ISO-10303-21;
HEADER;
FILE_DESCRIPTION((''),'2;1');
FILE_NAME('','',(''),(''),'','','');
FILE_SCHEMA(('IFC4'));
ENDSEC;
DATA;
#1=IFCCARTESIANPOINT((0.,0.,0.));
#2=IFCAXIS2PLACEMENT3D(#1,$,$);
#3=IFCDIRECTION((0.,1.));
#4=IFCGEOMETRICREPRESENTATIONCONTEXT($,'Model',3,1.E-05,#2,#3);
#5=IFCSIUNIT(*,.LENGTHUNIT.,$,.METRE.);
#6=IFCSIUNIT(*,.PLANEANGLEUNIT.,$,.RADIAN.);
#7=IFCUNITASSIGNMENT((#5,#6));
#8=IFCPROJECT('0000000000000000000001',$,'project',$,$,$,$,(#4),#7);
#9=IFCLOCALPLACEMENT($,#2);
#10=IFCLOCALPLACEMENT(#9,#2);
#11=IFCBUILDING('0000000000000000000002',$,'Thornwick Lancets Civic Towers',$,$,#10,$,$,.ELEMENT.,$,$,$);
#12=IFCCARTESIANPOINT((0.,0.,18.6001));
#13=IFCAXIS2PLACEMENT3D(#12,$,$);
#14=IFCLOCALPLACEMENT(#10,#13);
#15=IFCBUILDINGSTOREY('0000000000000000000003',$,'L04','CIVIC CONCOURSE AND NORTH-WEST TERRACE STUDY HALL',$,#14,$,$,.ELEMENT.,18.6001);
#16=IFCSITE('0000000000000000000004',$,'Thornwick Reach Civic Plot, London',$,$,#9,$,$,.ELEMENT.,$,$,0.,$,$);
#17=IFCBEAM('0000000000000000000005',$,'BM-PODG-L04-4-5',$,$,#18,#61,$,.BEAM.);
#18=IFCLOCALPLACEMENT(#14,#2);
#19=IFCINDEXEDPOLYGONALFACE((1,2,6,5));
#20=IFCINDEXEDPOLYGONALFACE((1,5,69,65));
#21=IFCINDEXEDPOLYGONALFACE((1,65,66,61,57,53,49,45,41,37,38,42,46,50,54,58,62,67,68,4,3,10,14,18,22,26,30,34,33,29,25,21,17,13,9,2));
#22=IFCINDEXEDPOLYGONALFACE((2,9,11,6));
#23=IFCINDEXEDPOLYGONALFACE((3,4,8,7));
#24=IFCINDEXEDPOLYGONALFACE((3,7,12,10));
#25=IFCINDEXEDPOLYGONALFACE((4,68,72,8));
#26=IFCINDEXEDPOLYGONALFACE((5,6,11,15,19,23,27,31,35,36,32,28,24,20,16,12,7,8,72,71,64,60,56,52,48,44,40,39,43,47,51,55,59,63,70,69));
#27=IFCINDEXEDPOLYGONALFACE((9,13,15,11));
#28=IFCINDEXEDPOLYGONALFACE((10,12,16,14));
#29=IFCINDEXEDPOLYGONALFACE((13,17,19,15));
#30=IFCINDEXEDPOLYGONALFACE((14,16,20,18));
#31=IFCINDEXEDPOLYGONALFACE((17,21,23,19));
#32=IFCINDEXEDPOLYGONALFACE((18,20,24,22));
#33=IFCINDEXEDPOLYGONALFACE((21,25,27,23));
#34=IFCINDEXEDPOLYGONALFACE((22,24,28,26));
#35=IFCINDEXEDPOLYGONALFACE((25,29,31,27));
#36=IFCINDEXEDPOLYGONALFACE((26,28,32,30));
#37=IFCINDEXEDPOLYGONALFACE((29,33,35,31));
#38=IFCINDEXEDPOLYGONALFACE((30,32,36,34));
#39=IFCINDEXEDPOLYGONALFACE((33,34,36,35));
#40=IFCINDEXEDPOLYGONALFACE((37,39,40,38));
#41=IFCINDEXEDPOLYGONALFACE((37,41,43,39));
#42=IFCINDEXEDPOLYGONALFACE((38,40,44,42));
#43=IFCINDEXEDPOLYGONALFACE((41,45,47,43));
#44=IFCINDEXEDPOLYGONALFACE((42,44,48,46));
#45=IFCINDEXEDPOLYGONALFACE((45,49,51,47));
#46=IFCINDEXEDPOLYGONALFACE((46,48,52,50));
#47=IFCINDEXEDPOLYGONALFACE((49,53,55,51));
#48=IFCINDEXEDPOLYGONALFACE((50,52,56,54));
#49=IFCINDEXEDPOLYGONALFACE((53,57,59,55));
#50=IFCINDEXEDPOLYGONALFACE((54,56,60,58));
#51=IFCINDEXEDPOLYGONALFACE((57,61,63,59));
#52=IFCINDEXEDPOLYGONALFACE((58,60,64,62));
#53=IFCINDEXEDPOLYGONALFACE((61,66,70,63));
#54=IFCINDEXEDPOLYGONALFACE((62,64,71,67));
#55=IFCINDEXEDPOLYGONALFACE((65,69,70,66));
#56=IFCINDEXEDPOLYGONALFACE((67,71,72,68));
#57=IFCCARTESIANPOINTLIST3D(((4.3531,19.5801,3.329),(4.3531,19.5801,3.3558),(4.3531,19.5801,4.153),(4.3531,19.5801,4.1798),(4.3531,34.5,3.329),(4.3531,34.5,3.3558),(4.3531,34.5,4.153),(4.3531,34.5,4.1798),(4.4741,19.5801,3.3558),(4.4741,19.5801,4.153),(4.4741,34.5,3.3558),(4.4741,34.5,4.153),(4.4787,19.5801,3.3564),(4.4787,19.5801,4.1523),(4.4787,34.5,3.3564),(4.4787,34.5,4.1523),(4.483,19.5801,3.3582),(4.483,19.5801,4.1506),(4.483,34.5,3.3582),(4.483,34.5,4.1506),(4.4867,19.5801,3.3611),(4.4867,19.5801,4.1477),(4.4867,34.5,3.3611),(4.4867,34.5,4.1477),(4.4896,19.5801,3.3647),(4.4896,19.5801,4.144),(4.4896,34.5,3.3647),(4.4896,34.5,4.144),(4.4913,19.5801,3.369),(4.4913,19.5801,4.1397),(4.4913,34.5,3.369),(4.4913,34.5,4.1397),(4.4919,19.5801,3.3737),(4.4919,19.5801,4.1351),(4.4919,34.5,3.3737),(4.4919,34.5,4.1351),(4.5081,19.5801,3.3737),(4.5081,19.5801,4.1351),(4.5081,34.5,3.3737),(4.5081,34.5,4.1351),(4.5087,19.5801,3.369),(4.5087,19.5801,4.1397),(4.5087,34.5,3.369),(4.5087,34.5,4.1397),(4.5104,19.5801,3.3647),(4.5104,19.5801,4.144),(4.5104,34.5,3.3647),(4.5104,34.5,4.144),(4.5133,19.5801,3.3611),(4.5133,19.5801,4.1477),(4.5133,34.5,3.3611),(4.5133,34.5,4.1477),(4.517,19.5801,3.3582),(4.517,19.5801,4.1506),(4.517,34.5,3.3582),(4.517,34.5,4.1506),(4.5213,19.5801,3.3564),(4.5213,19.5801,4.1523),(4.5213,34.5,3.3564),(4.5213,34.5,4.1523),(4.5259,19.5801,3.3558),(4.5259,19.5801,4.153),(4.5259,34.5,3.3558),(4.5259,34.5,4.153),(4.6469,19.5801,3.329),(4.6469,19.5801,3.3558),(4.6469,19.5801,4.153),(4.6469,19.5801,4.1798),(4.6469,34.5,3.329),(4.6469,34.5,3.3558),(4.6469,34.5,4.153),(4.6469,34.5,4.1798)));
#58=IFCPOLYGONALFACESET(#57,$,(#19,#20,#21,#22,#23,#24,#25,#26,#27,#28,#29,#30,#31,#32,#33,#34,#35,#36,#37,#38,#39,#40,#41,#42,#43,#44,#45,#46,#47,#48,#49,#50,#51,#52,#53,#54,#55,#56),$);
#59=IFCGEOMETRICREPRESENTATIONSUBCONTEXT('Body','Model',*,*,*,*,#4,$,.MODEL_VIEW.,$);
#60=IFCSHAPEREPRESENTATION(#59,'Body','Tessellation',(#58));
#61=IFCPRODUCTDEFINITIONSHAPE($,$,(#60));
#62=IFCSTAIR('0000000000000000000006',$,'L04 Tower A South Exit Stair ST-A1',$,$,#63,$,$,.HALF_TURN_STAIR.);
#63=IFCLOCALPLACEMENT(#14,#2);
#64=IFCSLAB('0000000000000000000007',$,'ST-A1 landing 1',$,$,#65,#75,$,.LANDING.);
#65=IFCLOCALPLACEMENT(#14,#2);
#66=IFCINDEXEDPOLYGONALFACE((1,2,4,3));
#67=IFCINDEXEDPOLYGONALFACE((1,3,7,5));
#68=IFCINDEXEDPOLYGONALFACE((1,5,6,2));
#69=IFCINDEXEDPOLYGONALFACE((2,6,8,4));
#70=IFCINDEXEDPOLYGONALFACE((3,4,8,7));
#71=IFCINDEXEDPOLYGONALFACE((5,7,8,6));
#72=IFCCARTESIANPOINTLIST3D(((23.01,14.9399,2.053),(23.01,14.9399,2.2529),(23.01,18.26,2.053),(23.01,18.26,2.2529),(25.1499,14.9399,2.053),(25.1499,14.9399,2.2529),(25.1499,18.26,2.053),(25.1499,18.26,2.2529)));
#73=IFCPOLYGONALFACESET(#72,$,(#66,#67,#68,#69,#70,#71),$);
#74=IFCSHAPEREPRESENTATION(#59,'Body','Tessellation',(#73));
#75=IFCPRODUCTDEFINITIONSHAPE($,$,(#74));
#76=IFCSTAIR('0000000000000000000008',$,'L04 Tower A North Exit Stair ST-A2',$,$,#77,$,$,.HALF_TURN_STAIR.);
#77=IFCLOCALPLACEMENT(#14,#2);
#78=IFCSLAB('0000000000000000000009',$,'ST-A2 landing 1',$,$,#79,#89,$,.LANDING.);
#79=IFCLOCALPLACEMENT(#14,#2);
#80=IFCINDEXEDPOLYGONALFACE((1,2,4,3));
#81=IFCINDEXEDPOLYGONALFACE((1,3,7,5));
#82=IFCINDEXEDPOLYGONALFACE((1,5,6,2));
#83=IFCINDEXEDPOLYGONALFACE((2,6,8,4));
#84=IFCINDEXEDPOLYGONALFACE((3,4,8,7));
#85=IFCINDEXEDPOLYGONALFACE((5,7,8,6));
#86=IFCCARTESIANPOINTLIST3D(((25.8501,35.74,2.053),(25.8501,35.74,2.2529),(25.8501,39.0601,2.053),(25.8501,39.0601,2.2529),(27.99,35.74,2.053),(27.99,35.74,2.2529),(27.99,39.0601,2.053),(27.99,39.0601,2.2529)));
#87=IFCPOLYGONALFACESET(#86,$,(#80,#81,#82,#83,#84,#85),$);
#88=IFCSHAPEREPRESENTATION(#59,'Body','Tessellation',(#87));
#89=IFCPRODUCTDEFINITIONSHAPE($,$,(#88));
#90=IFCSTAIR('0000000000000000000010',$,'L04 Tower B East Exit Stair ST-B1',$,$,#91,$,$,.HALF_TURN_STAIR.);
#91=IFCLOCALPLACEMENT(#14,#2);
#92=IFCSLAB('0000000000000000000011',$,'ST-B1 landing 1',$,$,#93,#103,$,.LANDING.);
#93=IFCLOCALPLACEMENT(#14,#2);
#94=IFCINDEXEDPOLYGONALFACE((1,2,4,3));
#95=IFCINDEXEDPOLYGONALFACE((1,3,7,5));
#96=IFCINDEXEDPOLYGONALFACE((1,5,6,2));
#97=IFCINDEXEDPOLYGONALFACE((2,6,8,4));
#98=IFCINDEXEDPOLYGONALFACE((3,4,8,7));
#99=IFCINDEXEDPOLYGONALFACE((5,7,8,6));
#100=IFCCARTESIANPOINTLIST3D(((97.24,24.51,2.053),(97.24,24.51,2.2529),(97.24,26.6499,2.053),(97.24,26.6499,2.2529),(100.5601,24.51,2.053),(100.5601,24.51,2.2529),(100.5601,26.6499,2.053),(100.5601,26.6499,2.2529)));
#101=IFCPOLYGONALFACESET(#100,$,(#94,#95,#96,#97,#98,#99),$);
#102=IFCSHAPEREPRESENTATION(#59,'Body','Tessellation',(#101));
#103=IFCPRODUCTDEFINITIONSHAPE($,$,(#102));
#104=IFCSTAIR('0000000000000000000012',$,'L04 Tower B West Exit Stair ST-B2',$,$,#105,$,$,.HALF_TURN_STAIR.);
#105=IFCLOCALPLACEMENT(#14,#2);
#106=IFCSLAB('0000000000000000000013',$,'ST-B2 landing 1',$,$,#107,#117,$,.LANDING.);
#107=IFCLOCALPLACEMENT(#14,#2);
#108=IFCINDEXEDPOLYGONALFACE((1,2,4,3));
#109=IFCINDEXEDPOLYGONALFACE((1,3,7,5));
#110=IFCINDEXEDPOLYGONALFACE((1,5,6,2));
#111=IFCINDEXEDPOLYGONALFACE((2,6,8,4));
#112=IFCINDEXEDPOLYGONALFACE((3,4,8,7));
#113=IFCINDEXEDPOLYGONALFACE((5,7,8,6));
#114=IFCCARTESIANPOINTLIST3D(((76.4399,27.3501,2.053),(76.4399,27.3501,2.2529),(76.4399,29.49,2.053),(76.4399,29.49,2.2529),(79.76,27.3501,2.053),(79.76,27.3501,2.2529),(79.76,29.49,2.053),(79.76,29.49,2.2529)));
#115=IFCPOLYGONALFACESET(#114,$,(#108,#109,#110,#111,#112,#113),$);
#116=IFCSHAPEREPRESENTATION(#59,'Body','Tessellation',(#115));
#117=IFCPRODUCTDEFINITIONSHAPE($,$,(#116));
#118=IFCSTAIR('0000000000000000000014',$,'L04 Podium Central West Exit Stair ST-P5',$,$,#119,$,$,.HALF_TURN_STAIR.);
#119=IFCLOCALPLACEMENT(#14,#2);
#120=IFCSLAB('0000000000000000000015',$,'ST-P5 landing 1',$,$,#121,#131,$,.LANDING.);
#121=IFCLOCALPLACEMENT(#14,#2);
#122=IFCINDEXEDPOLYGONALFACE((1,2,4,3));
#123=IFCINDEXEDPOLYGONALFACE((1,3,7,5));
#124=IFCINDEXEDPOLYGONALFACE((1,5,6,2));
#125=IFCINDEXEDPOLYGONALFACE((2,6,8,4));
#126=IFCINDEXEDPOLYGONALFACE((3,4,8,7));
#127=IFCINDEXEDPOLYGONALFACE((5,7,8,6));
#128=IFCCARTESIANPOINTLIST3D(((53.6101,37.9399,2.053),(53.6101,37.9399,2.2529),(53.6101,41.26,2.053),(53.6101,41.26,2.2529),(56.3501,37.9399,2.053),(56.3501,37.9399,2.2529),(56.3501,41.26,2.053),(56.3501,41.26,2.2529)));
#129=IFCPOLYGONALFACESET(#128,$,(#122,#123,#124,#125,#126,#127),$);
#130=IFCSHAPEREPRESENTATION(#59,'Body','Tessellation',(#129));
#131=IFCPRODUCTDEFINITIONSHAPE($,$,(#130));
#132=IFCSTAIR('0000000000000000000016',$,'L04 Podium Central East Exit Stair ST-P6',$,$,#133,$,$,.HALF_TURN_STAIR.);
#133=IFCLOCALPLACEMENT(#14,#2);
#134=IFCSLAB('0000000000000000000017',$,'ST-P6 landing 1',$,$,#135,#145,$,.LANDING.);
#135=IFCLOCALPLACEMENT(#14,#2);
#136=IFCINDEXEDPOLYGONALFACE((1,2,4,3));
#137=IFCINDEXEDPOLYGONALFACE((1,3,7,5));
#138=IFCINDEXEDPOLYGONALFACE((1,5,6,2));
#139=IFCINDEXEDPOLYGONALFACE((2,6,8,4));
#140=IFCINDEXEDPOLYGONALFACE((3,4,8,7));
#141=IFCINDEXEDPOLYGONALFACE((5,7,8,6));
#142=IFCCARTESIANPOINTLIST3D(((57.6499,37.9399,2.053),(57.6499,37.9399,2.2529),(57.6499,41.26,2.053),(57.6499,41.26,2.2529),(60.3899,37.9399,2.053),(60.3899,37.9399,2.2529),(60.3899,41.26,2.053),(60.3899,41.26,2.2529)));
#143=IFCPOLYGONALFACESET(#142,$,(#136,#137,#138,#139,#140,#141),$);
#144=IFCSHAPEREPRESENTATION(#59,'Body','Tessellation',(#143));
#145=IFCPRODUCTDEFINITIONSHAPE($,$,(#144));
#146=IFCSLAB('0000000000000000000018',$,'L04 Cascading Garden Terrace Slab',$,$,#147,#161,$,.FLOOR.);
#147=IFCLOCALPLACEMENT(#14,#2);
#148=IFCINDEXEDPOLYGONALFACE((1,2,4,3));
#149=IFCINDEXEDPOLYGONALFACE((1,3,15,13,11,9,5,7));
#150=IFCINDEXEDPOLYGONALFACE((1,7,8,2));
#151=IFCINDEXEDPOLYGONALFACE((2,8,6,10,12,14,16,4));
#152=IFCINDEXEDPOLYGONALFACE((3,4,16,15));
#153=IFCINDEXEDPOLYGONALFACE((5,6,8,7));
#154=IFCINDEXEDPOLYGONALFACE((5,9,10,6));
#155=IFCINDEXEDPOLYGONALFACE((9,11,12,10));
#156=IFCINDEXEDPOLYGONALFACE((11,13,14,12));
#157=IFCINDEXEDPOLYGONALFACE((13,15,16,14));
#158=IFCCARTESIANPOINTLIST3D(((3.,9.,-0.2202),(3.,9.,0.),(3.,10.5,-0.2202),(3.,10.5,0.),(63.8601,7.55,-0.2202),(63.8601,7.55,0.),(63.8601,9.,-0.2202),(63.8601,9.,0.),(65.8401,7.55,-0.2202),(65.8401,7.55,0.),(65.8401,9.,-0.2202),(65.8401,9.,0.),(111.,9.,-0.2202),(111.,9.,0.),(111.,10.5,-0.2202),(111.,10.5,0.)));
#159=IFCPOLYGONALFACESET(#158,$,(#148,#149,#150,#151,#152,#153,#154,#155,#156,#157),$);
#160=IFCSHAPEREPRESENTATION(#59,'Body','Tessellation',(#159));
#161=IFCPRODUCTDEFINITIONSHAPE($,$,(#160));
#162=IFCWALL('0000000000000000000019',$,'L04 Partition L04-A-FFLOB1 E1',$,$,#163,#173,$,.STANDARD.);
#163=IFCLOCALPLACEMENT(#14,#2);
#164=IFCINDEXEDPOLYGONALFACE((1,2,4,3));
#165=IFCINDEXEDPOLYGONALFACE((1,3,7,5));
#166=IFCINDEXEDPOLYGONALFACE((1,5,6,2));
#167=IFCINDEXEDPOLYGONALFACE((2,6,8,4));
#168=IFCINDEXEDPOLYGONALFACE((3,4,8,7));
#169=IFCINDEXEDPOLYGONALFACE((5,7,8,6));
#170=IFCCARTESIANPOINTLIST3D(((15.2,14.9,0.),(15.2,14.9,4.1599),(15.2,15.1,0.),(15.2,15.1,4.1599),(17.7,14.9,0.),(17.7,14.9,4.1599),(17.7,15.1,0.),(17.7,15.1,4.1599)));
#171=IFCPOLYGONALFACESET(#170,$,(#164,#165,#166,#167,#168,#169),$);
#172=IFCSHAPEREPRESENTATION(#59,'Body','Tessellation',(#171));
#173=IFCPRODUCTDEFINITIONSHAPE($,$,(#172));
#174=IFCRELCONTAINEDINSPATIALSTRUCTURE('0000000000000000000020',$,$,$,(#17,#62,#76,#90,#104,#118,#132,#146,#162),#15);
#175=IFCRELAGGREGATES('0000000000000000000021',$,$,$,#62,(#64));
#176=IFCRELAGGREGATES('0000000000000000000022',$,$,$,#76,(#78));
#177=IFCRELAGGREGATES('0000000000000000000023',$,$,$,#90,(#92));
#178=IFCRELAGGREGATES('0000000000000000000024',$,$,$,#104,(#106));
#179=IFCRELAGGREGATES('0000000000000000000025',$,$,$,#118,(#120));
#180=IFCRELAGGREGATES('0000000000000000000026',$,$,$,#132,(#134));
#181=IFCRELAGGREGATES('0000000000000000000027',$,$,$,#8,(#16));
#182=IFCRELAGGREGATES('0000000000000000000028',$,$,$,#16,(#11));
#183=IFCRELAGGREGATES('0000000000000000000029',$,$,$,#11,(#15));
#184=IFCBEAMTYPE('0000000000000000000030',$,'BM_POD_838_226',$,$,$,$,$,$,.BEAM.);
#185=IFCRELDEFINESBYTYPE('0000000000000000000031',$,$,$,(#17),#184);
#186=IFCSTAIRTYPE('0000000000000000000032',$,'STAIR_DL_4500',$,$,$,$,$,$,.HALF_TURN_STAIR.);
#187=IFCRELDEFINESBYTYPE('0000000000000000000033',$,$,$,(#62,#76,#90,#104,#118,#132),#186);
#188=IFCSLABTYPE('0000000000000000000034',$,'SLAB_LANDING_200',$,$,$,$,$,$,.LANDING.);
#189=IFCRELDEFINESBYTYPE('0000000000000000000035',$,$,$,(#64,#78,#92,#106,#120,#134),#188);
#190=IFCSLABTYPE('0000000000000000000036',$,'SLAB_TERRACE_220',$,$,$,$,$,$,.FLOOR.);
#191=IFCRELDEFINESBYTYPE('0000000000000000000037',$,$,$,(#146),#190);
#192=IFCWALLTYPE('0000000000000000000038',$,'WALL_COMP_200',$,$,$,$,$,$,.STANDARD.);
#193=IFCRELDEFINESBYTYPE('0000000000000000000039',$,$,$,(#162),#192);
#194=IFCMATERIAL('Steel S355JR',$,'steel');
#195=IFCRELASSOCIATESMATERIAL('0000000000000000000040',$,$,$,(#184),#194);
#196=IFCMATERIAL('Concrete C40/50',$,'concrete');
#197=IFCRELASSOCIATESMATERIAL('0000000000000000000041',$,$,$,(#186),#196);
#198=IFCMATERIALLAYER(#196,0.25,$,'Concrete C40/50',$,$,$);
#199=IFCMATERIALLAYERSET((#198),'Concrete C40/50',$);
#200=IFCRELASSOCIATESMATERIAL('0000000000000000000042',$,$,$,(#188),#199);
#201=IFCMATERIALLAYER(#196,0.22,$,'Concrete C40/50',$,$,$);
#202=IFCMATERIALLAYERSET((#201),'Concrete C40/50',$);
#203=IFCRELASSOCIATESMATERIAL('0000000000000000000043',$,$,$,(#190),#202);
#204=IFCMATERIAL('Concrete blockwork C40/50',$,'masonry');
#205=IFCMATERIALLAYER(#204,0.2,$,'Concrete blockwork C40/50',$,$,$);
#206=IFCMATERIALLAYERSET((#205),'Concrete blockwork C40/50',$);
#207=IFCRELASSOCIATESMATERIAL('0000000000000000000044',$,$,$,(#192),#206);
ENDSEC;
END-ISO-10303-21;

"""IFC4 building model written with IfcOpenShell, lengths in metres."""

from ifc_helpers import new_model, si_unit, direction, frame, frame_2d, origin, origin_2d, place, context, subcontext, project, spatial, polyline, rectangle, i_section, outline, extrude, material, layer, layer_set, material_profile, profile_set, type_object, element, aggregate, save


model = new_model("IFC4")

# Units and contexts
model_context = context("Model", 3, precision=1e-05, world=origin(), true_north=direction((0.0, 1.0)))
body_context = subcontext(model_context, "Body", "Model", "MODEL_VIEW")
ifc_project = project(units=[si_unit("LENGTHUNIT", "METRE"), si_unit("PLANEANGLEUNIT", "RADIAN")], contexts=[model_context])

# Site, building, storey
site_placement = place(None, origin())
site = spatial("IfcSite", under=ifc_project, at=site_placement, Name="Thornwick Reach Civic Plot, London", CompositionType="ELEMENT", RefElevation=0.0)
building_placement = place(site_placement, origin())
building = spatial("IfcBuilding", under=site, at=building_placement, Name="Thornwick Lancets Civic Towers", CompositionType="ELEMENT")
storey_placement = place(building_placement, frame((0.0, 0.0, 18.6001)))
storey = spatial("IfcBuildingStorey", under=building, at=storey_placement, Name="L04", Description="CIVIC CONCOURSE AND NORTH-WEST TERRACE STUDY HALL", CompositionType="ELEMENT", Elevation=18.6001)

# Shared definitions
ifc_material_1 = material(Name="Concrete C40/50", Category="concrete")

# Beam
ifc_material_2 = material(Name="Steel S355JR", Category="steel")
ifc_material_profile_1 = material_profile(ifc_material_2, i_section(OverallWidth=0.2937, OverallDepth=0.8508, WebThickness=0.0161, FlangeThickness=0.0269, FilletRadius=0.0178, at=origin_2d()), Name="UKB 838x292x226")
ifc_profile_set_1 = profile_set([ifc_material_profile_1], Name="Steel S355JR")
beam_type_1 = type_object("IfcBeamType", Name="BM_POD_838_226", PredefinedType="BEAM", material=ifc_profile_set_1)
beam_1_placement = place(storey_placement, frame((4.5, 19.5801, 3.7544), z_axis=(0.0, 1.0, 0.0), x_axis=(-1.0, 0.0, 0.0)))
element("IfcBeam", 1, at=beam_1_placement, inside=storey, type_object=beam_type_1, Name="BM-PODG-L04-4-5", PredefinedType="BEAM", context=body_context, shape_type="SweptSolid", body=[
    extrude(i_section(OverallWidth=0.2937, OverallDepth=0.8508, WebThickness=0.0161, FlangeThickness=0.0269, FilletRadius=0.0178, at=origin_2d()), origin(), (0.0, 0.0, 1.0), 14.9199),
])

# Stairs, slabs
stair_type = type_object("IfcStairType", Name="STAIR_DL_4500", PredefinedType="HALF_TURN_STAIR", material=ifc_material_1)
stair_1_placement = place(storey_placement, origin())
stair_1 = element("IfcStair", 2, at=stair_1_placement, inside=storey, type_object=stair_type, Name="L04 Tower A South Exit Stair ST-A1", PredefinedType="HALF_TURN_STAIR")
ifc_layer_1 = layer(ifc_material_1, 0.25, Name="Concrete C40/50")
ifc_layer_set_1 = layer_set([ifc_layer_1], Name="Concrete C40/50")
slab_type_1 = type_object("IfcSlabType", Name="SLAB_LANDING_200", PredefinedType="LANDING", material=ifc_layer_set_1)
slab_1_placement = place(storey_placement, frame((0.0, 0.0, 2.053)))
slab_1 = element("IfcSlab", 3, at=slab_1_placement, type_object=slab_type_1, Name="ST-A1 landing 1", PredefinedType="LANDING", context=body_context, shape_type="SweptSolid", body=[
    extrude(outline(polyline([(23.01, 14.9399), (25.1499, 14.9399), (25.1499, 18.26), (23.01, 18.26), (23.01, 14.9399)])), origin(), (0.0, 0.0, 1.0), 0.2),
])
aggregate(stair_1, [slab_1])
stair_2_placement = place(storey_placement, origin())
stair_2 = element("IfcStair", 4, at=stair_2_placement, inside=storey, type_object=stair_type, Name="L04 Tower A North Exit Stair ST-A2", PredefinedType="HALF_TURN_STAIR")
slab_2_placement = place(storey_placement, frame((0.0, 0.0, 2.053)))
slab_2 = element("IfcSlab", 5, at=slab_2_placement, type_object=slab_type_1, Name="ST-A2 landing 1", PredefinedType="LANDING", context=body_context, shape_type="SweptSolid", body=[
    extrude(outline(polyline([(27.99, 39.0601), (25.8501, 39.0601), (25.8501, 35.74), (27.99, 35.74), (27.99, 39.0601)])), origin(), (0.0, 0.0, 1.0), 0.2),
])
aggregate(stair_2, [slab_2])
stair_3_placement = place(storey_placement, origin())
stair_3 = element("IfcStair", 6, at=stair_3_placement, inside=storey, type_object=stair_type, Name="L04 Tower B East Exit Stair ST-B1", PredefinedType="HALF_TURN_STAIR")
slab_3_placement = place(storey_placement, frame((0.0, 0.0, 2.053)))
slab_3 = element("IfcSlab", 7, at=slab_3_placement, type_object=slab_type_1, Name="ST-B1 landing 1", PredefinedType="LANDING", context=body_context, shape_type="SweptSolid", body=[
    extrude(outline(polyline([(100.5601, 24.51), (100.5601, 26.6499), (97.24, 26.6499), (97.24, 24.51), (100.5601, 24.51)])), origin(), (0.0, 0.0, 1.0), 0.2),
])
aggregate(stair_3, [slab_3])
stair_4_placement = place(storey_placement, origin())
stair_4 = element("IfcStair", 8, at=stair_4_placement, inside=storey, type_object=stair_type, Name="L04 Tower B West Exit Stair ST-B2", PredefinedType="HALF_TURN_STAIR")
slab_4_placement = place(storey_placement, frame((0.0, 0.0, 2.053)))
slab_4 = element("IfcSlab", 9, at=slab_4_placement, type_object=slab_type_1, Name="ST-B2 landing 1", PredefinedType="LANDING", context=body_context, shape_type="SweptSolid", body=[
    extrude(outline(polyline([(76.4399, 29.49), (76.4399, 27.3501), (79.76, 27.3501), (79.76, 29.49), (76.4399, 29.49)])), origin(), (0.0, 0.0, 1.0), 0.2),
])
aggregate(stair_4, [slab_4])
stair_5_placement = place(storey_placement, origin())
stair_5 = element("IfcStair", 10, at=stair_5_placement, inside=storey, type_object=stair_type, Name="L04 Podium Central West Exit Stair ST-P5", PredefinedType="HALF_TURN_STAIR")
slab_5_placement = place(storey_placement, frame((0.0, 0.0, 2.053)))
slab_5 = element("IfcSlab", 11, at=slab_5_placement, type_object=slab_type_1, Name="ST-P5 landing 1", PredefinedType="LANDING", context=body_context, shape_type="SweptSolid", body=[
    extrude(outline(polyline([(53.6101, 37.9399), (56.3501, 37.9399), (56.3501, 41.26), (53.6101, 41.26), (53.6101, 37.9399)])), origin(), (0.0, 0.0, 1.0), 0.2),
])
aggregate(stair_5, [slab_5])
stair_6_placement = place(storey_placement, origin())
stair_6 = element("IfcStair", 12, at=stair_6_placement, inside=storey, type_object=stair_type, Name="L04 Podium Central East Exit Stair ST-P6", PredefinedType="HALF_TURN_STAIR")
slab_6_placement = place(storey_placement, frame((0.0, 0.0, 2.053)))
slab_6 = element("IfcSlab", 13, at=slab_6_placement, type_object=slab_type_1, Name="ST-P6 landing 1", PredefinedType="LANDING", context=body_context, shape_type="SweptSolid", body=[
    extrude(outline(polyline([(60.3899, 41.26), (57.6499, 41.26), (57.6499, 37.9399), (60.3899, 37.9399), (60.3899, 41.26)])), origin(), (0.0, 0.0, 1.0), 0.2),
])
aggregate(stair_6, [slab_6])

# Slab
ifc_layer_2 = layer(ifc_material_1, 0.22, Name="Concrete C40/50")
ifc_layer_set_2 = layer_set([ifc_layer_2], Name="Concrete C40/50")
slab_type_2 = type_object("IfcSlabType", Name="SLAB_TERRACE_220", PredefinedType="FLOOR", material=ifc_layer_set_2)
slab_7_placement = place(storey_placement, frame((0.0, 0.0, -0.2202)))
element("IfcSlab", 14, at=slab_7_placement, inside=storey, type_object=slab_type_2, Name="L04 Cascading Garden Terrace Slab", PredefinedType="FLOOR", context=body_context, shape_type="SweptSolid", body=[
    extrude(outline(polyline([(3.0, 9.0), (3.0, 10.5), (111.0, 10.5), (111.0, 9.0), (65.8401, 9.0), (65.8401, 7.55), (63.8601, 7.55), (63.8601, 9.0), (3.0, 9.0)])), origin(), (0.0, 0.0, 1.0), 0.2202),
])

# Wall
ifc_material_3 = material(Name="Concrete blockwork C40/50", Category="masonry")
ifc_layer_3 = layer(ifc_material_3, 0.2, Name="Concrete blockwork C40/50")
ifc_layer_set_3 = layer_set([ifc_layer_3], Name="Concrete blockwork C40/50")
wall_type_1 = type_object("IfcWallType", Name="WALL_COMP_200", PredefinedType="STANDARD", material=ifc_layer_set_3)
wall_1_placement = place(storey_placement, frame((15.2, 15.0, 0.0), z_axis=(0.0, 0.0, 1.0), x_axis=(1.0, 0.0, 0.0)))
element("IfcWall", 15, at=wall_1_placement, inside=storey, type_object=wall_type_1, Name="L04 Partition L04-A-FFLOB1 E1", PredefinedType="STANDARD", context=body_context, shape_type="SweptSolid", body=[
    extrude(rectangle(XDim=2.5, YDim=0.2, at=frame_2d((1.25, 0.0))), origin(), (0.0, 0.0, 1.0), 4.1599),
])

save(model, "model.ifc")
